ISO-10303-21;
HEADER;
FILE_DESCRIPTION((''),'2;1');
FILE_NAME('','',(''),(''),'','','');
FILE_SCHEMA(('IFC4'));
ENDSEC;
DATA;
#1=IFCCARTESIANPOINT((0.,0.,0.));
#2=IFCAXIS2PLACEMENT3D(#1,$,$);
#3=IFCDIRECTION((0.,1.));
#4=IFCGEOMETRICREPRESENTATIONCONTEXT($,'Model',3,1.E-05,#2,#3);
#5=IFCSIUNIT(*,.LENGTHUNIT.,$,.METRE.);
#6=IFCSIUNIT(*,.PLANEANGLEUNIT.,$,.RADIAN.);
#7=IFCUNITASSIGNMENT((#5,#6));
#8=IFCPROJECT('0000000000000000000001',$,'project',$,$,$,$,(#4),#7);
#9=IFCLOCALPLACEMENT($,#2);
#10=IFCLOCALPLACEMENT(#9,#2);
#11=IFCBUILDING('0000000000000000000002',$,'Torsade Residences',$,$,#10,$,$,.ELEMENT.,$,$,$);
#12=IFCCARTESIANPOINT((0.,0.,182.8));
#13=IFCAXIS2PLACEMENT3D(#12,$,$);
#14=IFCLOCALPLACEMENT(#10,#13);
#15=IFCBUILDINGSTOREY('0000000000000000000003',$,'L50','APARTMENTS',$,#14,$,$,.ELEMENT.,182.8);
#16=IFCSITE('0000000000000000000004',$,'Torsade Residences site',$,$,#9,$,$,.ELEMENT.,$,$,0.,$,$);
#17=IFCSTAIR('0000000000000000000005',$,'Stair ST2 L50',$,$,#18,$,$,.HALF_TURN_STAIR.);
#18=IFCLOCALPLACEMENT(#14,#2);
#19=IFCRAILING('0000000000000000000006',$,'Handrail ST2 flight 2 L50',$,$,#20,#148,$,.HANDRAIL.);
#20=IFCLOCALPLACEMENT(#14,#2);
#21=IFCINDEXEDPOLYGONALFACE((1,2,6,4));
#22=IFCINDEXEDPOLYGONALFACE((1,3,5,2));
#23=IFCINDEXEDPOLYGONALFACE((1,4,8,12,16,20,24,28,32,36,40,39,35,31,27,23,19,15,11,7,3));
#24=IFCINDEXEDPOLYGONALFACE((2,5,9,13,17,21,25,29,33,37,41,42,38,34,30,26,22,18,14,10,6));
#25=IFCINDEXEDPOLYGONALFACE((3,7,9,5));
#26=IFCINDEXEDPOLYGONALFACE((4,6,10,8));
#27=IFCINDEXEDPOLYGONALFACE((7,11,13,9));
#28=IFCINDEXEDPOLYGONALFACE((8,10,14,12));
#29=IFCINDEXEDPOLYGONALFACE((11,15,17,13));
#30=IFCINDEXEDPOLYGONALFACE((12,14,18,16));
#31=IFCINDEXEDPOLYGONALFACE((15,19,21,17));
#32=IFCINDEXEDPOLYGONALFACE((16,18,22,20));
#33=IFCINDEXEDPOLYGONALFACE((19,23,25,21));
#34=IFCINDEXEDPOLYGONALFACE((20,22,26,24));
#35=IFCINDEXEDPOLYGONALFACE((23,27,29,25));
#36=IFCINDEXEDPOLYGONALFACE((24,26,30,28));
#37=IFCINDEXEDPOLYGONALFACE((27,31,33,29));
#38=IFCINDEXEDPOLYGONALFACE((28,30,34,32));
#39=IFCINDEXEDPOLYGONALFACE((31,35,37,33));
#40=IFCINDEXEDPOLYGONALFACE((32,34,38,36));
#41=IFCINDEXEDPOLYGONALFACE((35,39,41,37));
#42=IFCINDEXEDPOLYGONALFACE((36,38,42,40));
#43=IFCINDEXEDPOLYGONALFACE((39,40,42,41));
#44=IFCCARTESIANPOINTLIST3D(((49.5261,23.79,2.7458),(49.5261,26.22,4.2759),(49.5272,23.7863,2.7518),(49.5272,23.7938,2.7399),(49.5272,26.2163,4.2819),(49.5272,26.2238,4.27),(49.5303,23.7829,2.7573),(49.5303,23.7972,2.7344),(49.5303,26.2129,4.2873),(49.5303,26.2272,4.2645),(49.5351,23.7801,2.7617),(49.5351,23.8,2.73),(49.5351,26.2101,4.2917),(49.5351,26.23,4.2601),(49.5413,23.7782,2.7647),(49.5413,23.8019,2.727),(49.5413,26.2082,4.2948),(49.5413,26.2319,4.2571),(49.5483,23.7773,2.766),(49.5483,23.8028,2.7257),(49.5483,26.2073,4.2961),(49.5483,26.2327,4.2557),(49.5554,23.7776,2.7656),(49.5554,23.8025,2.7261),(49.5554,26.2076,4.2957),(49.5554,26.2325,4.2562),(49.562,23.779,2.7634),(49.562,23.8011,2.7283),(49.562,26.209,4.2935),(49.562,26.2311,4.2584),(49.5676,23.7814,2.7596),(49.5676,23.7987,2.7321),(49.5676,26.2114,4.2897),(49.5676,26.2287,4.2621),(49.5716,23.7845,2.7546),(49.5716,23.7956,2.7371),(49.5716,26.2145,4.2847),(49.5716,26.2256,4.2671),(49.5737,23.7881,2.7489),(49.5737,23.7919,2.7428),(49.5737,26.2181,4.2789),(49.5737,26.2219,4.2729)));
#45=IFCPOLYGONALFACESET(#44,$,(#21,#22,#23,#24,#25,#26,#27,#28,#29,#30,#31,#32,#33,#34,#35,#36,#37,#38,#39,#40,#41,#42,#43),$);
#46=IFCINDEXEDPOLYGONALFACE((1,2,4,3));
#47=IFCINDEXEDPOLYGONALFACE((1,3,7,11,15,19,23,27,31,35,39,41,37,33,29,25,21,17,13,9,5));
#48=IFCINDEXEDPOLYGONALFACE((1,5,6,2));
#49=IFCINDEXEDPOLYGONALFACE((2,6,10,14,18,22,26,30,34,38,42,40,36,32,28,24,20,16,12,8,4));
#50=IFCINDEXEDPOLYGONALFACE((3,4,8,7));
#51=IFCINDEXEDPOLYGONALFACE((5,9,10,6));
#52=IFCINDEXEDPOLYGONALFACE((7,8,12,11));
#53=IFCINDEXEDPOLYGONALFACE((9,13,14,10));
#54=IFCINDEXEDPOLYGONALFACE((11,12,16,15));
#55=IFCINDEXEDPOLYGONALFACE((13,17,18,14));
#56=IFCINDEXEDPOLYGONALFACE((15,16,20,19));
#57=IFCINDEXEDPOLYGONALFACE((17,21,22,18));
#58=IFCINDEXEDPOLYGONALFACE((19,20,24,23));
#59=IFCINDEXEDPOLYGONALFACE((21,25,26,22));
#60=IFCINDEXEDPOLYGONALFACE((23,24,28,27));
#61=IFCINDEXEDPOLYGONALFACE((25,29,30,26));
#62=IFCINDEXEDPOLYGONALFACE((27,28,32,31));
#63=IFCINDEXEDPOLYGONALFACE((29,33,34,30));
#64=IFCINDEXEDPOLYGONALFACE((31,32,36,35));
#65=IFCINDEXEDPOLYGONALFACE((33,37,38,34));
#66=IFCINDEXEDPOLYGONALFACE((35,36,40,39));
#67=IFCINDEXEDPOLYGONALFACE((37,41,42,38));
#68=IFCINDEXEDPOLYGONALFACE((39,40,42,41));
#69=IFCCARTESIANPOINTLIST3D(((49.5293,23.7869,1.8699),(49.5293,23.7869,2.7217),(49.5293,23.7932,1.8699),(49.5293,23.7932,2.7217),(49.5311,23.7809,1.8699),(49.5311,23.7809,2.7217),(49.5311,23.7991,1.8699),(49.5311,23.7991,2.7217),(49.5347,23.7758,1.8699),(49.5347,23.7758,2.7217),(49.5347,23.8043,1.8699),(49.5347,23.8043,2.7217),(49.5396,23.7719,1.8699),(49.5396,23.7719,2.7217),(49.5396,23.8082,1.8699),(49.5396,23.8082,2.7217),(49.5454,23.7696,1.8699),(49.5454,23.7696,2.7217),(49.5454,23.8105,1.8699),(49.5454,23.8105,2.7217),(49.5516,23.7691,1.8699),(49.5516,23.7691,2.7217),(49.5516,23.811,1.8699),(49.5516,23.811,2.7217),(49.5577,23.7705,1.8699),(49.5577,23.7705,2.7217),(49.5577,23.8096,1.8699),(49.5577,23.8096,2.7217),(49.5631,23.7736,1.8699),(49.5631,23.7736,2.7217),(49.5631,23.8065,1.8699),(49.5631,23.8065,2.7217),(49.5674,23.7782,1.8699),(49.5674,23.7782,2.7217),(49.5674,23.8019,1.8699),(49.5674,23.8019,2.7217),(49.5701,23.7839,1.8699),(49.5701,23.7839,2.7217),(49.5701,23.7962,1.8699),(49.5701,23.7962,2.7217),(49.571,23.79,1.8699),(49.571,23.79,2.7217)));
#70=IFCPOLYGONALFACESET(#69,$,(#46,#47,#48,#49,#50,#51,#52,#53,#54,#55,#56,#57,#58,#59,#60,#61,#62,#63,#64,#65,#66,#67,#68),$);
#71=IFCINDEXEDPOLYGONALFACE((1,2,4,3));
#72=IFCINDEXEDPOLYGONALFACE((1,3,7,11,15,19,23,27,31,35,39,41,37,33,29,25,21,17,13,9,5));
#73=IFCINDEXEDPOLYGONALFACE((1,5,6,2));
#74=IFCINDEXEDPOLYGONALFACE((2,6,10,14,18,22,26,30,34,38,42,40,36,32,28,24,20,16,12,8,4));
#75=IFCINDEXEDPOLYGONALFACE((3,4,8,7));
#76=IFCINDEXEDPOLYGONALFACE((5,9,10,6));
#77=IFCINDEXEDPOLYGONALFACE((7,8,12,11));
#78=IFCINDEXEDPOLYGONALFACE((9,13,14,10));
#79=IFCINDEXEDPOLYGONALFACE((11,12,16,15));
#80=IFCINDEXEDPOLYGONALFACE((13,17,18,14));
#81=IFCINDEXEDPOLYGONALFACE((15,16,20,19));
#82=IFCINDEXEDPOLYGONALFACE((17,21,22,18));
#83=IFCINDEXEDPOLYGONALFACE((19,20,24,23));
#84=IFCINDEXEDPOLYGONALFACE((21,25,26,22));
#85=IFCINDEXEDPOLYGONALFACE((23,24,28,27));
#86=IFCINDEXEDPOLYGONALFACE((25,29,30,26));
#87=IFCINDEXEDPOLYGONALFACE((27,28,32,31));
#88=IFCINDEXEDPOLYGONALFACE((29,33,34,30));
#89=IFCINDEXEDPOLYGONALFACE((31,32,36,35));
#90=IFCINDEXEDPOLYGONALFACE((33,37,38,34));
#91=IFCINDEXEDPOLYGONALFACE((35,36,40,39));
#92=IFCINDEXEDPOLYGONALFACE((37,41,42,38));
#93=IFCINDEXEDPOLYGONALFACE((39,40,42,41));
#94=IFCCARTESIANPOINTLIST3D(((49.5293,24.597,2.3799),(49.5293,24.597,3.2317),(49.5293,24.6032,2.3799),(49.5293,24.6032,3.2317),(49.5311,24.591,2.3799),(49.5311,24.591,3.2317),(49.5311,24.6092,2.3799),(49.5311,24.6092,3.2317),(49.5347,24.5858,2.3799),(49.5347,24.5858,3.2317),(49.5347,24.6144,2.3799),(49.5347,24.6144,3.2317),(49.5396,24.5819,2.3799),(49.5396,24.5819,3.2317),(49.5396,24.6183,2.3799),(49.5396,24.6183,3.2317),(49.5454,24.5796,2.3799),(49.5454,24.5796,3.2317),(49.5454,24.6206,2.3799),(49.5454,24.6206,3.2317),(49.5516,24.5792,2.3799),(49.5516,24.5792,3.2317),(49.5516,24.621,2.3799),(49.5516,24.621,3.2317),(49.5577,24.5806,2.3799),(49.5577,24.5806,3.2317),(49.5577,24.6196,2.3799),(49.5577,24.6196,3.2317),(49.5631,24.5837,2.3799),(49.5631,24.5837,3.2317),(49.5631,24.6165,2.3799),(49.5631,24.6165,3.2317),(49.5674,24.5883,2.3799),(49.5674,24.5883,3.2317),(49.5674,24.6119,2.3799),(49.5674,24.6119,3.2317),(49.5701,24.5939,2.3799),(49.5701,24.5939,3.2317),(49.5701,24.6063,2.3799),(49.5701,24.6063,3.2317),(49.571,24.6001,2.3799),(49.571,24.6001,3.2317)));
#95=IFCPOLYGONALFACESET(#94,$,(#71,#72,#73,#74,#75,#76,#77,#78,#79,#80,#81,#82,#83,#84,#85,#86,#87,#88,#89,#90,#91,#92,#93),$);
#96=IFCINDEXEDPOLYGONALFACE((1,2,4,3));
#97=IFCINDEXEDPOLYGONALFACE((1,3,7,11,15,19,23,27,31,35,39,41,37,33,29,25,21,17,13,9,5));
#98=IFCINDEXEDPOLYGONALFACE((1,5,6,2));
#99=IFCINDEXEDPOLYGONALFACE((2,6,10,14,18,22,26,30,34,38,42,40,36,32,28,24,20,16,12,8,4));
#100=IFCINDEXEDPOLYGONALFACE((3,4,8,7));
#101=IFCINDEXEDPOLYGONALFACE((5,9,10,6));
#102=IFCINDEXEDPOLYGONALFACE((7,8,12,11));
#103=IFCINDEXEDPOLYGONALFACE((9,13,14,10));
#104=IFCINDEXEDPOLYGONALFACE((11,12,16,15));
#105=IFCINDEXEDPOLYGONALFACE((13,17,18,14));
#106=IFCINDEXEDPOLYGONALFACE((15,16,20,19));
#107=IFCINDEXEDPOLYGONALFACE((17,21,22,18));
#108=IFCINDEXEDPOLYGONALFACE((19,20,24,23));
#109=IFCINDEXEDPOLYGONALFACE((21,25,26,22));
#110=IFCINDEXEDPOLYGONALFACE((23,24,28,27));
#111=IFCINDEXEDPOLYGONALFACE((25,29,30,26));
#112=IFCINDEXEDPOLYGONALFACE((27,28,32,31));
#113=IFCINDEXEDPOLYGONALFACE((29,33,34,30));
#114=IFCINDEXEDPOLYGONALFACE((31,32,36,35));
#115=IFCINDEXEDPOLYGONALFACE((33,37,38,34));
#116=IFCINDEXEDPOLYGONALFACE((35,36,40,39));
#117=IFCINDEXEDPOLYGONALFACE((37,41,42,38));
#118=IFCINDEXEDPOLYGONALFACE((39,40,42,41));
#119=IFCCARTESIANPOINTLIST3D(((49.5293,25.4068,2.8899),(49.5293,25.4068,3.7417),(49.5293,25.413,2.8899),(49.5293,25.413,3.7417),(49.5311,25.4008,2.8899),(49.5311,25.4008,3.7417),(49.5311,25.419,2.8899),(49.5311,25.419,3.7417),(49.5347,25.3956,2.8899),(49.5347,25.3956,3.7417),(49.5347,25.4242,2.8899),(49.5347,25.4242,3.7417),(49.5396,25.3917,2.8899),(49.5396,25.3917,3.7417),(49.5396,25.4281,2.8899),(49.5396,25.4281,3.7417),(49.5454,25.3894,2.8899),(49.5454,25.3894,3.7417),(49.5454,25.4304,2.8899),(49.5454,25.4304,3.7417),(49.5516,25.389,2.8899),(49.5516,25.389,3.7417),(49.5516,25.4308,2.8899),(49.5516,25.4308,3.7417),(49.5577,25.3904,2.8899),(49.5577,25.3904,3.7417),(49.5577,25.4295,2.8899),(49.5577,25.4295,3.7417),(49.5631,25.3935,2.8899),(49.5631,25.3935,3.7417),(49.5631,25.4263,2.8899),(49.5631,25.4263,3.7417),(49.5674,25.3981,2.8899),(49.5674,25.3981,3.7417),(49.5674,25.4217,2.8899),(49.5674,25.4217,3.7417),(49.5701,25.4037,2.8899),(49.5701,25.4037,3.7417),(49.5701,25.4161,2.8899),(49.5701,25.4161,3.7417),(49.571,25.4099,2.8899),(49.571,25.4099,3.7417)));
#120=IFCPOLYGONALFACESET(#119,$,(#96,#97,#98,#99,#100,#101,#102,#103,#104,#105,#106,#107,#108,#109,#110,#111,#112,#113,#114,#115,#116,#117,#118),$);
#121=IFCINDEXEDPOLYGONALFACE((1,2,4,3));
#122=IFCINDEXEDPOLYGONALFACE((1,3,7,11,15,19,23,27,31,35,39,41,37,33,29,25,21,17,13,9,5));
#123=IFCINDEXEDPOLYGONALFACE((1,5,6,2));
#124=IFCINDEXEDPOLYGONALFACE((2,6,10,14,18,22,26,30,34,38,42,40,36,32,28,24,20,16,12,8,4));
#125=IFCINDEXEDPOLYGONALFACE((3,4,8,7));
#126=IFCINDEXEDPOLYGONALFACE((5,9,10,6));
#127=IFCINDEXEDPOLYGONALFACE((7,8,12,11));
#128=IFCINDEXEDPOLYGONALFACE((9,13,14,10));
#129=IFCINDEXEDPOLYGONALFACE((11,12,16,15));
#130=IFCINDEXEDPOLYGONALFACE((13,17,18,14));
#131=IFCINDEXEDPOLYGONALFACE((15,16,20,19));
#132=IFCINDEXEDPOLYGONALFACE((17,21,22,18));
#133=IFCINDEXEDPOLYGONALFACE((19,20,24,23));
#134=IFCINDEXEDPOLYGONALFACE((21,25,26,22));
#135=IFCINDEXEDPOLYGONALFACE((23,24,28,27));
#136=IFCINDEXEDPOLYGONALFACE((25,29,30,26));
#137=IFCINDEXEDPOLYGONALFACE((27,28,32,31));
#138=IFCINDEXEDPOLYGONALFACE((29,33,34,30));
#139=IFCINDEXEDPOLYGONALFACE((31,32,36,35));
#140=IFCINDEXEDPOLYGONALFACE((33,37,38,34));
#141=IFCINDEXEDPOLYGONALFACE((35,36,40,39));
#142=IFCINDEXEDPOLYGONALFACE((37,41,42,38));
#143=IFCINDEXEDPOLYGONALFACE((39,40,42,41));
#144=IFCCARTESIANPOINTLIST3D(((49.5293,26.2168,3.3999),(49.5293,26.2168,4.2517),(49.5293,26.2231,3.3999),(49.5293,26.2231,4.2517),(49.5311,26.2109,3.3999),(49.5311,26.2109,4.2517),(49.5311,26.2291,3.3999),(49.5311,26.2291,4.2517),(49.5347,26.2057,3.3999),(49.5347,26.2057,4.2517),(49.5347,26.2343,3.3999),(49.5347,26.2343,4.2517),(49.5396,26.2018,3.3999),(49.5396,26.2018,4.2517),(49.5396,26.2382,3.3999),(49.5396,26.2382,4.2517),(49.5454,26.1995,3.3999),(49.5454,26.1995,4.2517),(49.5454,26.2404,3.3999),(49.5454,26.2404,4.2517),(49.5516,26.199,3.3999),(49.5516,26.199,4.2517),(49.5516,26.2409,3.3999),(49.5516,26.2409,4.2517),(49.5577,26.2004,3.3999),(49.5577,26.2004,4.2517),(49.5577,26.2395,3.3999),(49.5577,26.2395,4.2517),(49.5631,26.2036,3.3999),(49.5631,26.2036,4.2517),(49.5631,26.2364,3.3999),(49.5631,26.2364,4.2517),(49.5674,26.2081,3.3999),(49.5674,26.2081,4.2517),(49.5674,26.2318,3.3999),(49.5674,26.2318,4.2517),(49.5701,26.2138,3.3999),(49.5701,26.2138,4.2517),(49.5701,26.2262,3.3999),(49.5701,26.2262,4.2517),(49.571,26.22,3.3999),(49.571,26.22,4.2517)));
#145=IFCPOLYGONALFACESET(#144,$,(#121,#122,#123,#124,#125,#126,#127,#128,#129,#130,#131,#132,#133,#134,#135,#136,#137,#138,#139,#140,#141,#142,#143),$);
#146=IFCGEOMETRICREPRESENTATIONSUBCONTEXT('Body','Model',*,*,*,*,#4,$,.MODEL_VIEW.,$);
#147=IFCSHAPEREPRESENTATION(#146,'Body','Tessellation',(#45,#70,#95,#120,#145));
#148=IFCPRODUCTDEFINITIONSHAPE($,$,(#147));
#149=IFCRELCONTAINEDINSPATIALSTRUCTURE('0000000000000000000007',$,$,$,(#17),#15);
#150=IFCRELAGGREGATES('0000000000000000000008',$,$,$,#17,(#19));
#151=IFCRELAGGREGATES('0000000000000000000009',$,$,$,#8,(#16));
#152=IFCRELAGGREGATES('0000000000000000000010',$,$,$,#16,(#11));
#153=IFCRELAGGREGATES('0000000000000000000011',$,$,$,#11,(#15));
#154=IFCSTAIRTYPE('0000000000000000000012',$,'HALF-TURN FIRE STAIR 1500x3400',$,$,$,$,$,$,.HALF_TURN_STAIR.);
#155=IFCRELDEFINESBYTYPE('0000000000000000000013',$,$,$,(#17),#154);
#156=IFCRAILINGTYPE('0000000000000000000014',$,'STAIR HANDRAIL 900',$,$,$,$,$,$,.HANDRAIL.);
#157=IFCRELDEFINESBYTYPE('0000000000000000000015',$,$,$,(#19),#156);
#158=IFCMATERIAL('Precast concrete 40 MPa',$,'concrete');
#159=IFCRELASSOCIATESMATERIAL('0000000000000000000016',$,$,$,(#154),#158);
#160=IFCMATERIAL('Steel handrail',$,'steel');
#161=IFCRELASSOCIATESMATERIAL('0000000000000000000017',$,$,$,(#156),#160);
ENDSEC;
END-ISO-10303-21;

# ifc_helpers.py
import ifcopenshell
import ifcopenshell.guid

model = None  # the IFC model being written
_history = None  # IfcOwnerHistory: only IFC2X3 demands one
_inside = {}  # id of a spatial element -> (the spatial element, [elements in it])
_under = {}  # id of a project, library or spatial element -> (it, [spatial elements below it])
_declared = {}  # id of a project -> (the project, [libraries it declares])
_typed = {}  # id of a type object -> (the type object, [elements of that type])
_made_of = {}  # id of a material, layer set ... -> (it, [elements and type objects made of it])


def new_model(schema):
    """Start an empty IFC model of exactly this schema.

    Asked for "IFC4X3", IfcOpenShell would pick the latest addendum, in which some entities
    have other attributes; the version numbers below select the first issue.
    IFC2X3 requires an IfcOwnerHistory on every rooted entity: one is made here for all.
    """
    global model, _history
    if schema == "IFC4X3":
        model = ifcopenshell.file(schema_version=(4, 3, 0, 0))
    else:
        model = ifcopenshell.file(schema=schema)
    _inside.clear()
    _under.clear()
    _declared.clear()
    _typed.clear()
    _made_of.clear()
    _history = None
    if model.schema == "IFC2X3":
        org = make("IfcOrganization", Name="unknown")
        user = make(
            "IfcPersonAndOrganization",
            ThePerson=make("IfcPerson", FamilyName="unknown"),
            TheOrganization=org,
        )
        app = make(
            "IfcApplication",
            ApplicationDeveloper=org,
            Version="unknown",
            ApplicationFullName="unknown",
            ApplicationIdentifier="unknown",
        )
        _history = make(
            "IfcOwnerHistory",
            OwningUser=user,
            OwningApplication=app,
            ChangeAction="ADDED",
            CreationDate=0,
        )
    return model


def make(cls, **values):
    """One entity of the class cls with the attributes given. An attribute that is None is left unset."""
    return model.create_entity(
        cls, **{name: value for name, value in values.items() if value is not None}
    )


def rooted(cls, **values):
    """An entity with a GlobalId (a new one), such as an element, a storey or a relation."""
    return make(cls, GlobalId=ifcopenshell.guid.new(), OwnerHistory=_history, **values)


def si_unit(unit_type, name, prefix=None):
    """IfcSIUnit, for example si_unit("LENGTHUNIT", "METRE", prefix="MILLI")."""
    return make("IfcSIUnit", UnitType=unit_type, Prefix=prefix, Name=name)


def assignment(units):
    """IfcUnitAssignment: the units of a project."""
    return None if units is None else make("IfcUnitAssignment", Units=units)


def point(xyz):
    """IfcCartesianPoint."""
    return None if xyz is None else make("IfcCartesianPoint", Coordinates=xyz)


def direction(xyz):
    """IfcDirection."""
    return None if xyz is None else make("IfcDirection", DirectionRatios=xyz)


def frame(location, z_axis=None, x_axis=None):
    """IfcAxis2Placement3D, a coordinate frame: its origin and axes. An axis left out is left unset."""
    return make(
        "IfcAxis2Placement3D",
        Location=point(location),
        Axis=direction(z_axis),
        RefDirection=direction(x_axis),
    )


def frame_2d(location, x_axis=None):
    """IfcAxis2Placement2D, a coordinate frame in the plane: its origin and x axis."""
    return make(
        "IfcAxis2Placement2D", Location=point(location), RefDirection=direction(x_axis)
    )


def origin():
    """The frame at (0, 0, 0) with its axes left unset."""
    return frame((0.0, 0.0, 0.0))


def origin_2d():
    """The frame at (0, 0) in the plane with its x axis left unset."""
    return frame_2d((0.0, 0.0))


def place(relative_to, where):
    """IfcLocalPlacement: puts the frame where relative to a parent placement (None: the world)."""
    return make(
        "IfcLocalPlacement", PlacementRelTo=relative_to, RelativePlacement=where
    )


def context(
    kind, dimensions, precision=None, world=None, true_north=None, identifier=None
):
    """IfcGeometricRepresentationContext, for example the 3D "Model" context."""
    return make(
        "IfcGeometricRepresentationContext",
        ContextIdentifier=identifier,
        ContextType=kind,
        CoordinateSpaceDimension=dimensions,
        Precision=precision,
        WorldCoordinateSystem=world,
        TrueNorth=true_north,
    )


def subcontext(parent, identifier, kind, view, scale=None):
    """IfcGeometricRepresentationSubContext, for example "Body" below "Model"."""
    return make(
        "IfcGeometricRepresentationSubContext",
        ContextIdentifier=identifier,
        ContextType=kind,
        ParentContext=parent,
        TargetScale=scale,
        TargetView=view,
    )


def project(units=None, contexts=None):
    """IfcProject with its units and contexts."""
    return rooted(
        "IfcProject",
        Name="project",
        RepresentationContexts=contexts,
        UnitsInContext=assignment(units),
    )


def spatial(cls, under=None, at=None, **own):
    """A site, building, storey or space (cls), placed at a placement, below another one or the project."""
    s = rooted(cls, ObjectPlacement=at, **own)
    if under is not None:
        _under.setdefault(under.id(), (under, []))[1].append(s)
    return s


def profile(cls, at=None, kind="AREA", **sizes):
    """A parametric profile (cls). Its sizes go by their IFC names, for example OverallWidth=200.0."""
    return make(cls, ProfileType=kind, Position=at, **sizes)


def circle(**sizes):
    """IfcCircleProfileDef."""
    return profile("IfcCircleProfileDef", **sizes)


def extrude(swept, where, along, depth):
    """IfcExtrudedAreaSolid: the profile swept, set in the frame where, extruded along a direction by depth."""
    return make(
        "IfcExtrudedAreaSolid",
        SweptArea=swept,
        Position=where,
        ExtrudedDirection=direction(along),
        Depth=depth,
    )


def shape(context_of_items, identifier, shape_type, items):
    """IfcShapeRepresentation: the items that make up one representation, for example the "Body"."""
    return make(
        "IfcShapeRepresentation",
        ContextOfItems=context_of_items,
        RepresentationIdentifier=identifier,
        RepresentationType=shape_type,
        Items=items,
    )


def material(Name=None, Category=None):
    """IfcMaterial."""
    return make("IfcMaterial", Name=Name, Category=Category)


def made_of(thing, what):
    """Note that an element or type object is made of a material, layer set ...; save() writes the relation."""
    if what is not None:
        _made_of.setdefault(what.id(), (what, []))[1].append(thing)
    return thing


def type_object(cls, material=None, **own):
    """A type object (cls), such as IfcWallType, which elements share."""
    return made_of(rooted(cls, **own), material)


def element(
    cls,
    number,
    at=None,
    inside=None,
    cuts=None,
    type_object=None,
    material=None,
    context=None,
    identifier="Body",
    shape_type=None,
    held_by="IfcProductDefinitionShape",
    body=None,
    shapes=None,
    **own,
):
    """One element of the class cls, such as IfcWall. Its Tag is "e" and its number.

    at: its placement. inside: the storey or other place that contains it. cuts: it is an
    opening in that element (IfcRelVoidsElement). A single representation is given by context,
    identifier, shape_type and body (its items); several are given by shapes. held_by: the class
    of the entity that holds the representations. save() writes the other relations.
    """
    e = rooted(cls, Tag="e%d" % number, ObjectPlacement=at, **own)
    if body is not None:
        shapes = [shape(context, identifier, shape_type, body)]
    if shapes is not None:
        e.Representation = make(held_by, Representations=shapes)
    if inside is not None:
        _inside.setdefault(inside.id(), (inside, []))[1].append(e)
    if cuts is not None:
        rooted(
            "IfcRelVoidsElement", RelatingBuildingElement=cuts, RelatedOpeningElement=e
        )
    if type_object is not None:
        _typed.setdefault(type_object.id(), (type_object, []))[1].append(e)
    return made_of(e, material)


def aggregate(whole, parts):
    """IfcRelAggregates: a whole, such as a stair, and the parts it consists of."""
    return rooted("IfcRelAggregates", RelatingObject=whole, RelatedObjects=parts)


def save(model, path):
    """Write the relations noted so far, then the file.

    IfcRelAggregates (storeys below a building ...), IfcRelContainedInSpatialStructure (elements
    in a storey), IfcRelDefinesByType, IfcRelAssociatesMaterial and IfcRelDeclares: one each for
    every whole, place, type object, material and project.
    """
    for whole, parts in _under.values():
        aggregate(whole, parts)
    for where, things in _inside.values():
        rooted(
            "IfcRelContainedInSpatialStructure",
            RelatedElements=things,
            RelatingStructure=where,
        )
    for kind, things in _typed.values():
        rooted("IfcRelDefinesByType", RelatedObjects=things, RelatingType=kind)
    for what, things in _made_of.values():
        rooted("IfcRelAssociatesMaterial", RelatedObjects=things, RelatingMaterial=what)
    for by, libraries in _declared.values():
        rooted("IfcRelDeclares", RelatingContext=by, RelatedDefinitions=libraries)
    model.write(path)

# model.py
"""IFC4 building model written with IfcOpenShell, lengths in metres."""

from ifc_helpers import new_model, si_unit, direction, frame, origin, origin_2d, place, context, subcontext, project, spatial, circle, extrude, material, type_object, element, aggregate, save


model = new_model("IFC4")

# Units and contexts
model_context = context("Model", 3, precision=1e-05, world=origin(), true_north=direction((0.0, 1.0)))
body_context = subcontext(model_context, "Body", "Model", "MODEL_VIEW")
ifc_project = project(units=[si_unit("LENGTHUNIT", "METRE"), si_unit("PLANEANGLEUNIT", "RADIAN")], contexts=[model_context])

# Site, building, storey
site_placement = place(None, origin())
site = spatial("IfcSite", under=ifc_project, at=site_placement, Name="Torsade Residences site", CompositionType="ELEMENT", RefElevation=0.0)
building_placement = place(site_placement, origin())
building = spatial("IfcBuilding", under=site, at=building_placement, Name="Torsade Residences", CompositionType="ELEMENT")
storey_placement = place(building_placement, frame((0.0, 0.0, 182.8)))
storey = spatial("IfcBuildingStorey", under=building, at=storey_placement, Name="L50", Description="APARTMENTS", CompositionType="ELEMENT", Elevation=182.8)

# Stair, railing
ifc_material_1 = material(Name="Precast concrete 40 MPa", Category="concrete")
stair_type = type_object("IfcStairType", Name="HALF-TURN FIRE STAIR 1500x3400", PredefinedType="HALF_TURN_STAIR", material=ifc_material_1)
stair_placement = place(storey_placement, origin())
stair = element("IfcStair", 1, at=stair_placement, inside=storey, type_object=stair_type, Name="Stair ST2 L50", PredefinedType="HALF_TURN_STAIR")
ifc_material_2 = material(Name="Steel handrail", Category="steel")
railing_type = type_object("IfcRailingType", Name="STAIR HANDRAIL 900", PredefinedType="HANDRAIL", material=ifc_material_2)
railing_1_placement = place(storey_placement, frame((49.55, 23.79, 1.8699)))
railing_1 = element("IfcRailing", 2, at=railing_1_placement, type_object=railing_type, Name="Handrail ST2 flight 2 L50", PredefinedType="HANDRAIL", context=body_context, shape_type="SweptSolid", body=[
    extrude(circle(Radius=0.0239, at=origin_2d()), frame((0.0, 0.0, 0.876), z_axis=(0.0, 0.846221, 0.532831), x_axis=(-1.0, 0.0, 0.0)), (0.0, 0.0, 1.0), 2.8716),
    extrude(circle(Radius=0.021, at=origin_2d()), origin(), (0.0, 0.0, 1.0), 0.8518),
    extrude(circle(Radius=0.021, at=origin_2d()), frame((0.0, 0.8101, 0.51)), (0.0, 0.0, 1.0), 0.8518),
    extrude(circle(Radius=0.021, at=origin_2d()), frame((0.0, 1.6199, 1.02)), (0.0, 0.0, 1.0), 0.8518),
    extrude(circle(Radius=0.021, at=origin_2d()), frame((0.0, 2.4299, 1.53)), (0.0, 0.0, 1.0), 0.8518),
])
aggregate(stair, [railing_1])

save(model, "model.ifc")
